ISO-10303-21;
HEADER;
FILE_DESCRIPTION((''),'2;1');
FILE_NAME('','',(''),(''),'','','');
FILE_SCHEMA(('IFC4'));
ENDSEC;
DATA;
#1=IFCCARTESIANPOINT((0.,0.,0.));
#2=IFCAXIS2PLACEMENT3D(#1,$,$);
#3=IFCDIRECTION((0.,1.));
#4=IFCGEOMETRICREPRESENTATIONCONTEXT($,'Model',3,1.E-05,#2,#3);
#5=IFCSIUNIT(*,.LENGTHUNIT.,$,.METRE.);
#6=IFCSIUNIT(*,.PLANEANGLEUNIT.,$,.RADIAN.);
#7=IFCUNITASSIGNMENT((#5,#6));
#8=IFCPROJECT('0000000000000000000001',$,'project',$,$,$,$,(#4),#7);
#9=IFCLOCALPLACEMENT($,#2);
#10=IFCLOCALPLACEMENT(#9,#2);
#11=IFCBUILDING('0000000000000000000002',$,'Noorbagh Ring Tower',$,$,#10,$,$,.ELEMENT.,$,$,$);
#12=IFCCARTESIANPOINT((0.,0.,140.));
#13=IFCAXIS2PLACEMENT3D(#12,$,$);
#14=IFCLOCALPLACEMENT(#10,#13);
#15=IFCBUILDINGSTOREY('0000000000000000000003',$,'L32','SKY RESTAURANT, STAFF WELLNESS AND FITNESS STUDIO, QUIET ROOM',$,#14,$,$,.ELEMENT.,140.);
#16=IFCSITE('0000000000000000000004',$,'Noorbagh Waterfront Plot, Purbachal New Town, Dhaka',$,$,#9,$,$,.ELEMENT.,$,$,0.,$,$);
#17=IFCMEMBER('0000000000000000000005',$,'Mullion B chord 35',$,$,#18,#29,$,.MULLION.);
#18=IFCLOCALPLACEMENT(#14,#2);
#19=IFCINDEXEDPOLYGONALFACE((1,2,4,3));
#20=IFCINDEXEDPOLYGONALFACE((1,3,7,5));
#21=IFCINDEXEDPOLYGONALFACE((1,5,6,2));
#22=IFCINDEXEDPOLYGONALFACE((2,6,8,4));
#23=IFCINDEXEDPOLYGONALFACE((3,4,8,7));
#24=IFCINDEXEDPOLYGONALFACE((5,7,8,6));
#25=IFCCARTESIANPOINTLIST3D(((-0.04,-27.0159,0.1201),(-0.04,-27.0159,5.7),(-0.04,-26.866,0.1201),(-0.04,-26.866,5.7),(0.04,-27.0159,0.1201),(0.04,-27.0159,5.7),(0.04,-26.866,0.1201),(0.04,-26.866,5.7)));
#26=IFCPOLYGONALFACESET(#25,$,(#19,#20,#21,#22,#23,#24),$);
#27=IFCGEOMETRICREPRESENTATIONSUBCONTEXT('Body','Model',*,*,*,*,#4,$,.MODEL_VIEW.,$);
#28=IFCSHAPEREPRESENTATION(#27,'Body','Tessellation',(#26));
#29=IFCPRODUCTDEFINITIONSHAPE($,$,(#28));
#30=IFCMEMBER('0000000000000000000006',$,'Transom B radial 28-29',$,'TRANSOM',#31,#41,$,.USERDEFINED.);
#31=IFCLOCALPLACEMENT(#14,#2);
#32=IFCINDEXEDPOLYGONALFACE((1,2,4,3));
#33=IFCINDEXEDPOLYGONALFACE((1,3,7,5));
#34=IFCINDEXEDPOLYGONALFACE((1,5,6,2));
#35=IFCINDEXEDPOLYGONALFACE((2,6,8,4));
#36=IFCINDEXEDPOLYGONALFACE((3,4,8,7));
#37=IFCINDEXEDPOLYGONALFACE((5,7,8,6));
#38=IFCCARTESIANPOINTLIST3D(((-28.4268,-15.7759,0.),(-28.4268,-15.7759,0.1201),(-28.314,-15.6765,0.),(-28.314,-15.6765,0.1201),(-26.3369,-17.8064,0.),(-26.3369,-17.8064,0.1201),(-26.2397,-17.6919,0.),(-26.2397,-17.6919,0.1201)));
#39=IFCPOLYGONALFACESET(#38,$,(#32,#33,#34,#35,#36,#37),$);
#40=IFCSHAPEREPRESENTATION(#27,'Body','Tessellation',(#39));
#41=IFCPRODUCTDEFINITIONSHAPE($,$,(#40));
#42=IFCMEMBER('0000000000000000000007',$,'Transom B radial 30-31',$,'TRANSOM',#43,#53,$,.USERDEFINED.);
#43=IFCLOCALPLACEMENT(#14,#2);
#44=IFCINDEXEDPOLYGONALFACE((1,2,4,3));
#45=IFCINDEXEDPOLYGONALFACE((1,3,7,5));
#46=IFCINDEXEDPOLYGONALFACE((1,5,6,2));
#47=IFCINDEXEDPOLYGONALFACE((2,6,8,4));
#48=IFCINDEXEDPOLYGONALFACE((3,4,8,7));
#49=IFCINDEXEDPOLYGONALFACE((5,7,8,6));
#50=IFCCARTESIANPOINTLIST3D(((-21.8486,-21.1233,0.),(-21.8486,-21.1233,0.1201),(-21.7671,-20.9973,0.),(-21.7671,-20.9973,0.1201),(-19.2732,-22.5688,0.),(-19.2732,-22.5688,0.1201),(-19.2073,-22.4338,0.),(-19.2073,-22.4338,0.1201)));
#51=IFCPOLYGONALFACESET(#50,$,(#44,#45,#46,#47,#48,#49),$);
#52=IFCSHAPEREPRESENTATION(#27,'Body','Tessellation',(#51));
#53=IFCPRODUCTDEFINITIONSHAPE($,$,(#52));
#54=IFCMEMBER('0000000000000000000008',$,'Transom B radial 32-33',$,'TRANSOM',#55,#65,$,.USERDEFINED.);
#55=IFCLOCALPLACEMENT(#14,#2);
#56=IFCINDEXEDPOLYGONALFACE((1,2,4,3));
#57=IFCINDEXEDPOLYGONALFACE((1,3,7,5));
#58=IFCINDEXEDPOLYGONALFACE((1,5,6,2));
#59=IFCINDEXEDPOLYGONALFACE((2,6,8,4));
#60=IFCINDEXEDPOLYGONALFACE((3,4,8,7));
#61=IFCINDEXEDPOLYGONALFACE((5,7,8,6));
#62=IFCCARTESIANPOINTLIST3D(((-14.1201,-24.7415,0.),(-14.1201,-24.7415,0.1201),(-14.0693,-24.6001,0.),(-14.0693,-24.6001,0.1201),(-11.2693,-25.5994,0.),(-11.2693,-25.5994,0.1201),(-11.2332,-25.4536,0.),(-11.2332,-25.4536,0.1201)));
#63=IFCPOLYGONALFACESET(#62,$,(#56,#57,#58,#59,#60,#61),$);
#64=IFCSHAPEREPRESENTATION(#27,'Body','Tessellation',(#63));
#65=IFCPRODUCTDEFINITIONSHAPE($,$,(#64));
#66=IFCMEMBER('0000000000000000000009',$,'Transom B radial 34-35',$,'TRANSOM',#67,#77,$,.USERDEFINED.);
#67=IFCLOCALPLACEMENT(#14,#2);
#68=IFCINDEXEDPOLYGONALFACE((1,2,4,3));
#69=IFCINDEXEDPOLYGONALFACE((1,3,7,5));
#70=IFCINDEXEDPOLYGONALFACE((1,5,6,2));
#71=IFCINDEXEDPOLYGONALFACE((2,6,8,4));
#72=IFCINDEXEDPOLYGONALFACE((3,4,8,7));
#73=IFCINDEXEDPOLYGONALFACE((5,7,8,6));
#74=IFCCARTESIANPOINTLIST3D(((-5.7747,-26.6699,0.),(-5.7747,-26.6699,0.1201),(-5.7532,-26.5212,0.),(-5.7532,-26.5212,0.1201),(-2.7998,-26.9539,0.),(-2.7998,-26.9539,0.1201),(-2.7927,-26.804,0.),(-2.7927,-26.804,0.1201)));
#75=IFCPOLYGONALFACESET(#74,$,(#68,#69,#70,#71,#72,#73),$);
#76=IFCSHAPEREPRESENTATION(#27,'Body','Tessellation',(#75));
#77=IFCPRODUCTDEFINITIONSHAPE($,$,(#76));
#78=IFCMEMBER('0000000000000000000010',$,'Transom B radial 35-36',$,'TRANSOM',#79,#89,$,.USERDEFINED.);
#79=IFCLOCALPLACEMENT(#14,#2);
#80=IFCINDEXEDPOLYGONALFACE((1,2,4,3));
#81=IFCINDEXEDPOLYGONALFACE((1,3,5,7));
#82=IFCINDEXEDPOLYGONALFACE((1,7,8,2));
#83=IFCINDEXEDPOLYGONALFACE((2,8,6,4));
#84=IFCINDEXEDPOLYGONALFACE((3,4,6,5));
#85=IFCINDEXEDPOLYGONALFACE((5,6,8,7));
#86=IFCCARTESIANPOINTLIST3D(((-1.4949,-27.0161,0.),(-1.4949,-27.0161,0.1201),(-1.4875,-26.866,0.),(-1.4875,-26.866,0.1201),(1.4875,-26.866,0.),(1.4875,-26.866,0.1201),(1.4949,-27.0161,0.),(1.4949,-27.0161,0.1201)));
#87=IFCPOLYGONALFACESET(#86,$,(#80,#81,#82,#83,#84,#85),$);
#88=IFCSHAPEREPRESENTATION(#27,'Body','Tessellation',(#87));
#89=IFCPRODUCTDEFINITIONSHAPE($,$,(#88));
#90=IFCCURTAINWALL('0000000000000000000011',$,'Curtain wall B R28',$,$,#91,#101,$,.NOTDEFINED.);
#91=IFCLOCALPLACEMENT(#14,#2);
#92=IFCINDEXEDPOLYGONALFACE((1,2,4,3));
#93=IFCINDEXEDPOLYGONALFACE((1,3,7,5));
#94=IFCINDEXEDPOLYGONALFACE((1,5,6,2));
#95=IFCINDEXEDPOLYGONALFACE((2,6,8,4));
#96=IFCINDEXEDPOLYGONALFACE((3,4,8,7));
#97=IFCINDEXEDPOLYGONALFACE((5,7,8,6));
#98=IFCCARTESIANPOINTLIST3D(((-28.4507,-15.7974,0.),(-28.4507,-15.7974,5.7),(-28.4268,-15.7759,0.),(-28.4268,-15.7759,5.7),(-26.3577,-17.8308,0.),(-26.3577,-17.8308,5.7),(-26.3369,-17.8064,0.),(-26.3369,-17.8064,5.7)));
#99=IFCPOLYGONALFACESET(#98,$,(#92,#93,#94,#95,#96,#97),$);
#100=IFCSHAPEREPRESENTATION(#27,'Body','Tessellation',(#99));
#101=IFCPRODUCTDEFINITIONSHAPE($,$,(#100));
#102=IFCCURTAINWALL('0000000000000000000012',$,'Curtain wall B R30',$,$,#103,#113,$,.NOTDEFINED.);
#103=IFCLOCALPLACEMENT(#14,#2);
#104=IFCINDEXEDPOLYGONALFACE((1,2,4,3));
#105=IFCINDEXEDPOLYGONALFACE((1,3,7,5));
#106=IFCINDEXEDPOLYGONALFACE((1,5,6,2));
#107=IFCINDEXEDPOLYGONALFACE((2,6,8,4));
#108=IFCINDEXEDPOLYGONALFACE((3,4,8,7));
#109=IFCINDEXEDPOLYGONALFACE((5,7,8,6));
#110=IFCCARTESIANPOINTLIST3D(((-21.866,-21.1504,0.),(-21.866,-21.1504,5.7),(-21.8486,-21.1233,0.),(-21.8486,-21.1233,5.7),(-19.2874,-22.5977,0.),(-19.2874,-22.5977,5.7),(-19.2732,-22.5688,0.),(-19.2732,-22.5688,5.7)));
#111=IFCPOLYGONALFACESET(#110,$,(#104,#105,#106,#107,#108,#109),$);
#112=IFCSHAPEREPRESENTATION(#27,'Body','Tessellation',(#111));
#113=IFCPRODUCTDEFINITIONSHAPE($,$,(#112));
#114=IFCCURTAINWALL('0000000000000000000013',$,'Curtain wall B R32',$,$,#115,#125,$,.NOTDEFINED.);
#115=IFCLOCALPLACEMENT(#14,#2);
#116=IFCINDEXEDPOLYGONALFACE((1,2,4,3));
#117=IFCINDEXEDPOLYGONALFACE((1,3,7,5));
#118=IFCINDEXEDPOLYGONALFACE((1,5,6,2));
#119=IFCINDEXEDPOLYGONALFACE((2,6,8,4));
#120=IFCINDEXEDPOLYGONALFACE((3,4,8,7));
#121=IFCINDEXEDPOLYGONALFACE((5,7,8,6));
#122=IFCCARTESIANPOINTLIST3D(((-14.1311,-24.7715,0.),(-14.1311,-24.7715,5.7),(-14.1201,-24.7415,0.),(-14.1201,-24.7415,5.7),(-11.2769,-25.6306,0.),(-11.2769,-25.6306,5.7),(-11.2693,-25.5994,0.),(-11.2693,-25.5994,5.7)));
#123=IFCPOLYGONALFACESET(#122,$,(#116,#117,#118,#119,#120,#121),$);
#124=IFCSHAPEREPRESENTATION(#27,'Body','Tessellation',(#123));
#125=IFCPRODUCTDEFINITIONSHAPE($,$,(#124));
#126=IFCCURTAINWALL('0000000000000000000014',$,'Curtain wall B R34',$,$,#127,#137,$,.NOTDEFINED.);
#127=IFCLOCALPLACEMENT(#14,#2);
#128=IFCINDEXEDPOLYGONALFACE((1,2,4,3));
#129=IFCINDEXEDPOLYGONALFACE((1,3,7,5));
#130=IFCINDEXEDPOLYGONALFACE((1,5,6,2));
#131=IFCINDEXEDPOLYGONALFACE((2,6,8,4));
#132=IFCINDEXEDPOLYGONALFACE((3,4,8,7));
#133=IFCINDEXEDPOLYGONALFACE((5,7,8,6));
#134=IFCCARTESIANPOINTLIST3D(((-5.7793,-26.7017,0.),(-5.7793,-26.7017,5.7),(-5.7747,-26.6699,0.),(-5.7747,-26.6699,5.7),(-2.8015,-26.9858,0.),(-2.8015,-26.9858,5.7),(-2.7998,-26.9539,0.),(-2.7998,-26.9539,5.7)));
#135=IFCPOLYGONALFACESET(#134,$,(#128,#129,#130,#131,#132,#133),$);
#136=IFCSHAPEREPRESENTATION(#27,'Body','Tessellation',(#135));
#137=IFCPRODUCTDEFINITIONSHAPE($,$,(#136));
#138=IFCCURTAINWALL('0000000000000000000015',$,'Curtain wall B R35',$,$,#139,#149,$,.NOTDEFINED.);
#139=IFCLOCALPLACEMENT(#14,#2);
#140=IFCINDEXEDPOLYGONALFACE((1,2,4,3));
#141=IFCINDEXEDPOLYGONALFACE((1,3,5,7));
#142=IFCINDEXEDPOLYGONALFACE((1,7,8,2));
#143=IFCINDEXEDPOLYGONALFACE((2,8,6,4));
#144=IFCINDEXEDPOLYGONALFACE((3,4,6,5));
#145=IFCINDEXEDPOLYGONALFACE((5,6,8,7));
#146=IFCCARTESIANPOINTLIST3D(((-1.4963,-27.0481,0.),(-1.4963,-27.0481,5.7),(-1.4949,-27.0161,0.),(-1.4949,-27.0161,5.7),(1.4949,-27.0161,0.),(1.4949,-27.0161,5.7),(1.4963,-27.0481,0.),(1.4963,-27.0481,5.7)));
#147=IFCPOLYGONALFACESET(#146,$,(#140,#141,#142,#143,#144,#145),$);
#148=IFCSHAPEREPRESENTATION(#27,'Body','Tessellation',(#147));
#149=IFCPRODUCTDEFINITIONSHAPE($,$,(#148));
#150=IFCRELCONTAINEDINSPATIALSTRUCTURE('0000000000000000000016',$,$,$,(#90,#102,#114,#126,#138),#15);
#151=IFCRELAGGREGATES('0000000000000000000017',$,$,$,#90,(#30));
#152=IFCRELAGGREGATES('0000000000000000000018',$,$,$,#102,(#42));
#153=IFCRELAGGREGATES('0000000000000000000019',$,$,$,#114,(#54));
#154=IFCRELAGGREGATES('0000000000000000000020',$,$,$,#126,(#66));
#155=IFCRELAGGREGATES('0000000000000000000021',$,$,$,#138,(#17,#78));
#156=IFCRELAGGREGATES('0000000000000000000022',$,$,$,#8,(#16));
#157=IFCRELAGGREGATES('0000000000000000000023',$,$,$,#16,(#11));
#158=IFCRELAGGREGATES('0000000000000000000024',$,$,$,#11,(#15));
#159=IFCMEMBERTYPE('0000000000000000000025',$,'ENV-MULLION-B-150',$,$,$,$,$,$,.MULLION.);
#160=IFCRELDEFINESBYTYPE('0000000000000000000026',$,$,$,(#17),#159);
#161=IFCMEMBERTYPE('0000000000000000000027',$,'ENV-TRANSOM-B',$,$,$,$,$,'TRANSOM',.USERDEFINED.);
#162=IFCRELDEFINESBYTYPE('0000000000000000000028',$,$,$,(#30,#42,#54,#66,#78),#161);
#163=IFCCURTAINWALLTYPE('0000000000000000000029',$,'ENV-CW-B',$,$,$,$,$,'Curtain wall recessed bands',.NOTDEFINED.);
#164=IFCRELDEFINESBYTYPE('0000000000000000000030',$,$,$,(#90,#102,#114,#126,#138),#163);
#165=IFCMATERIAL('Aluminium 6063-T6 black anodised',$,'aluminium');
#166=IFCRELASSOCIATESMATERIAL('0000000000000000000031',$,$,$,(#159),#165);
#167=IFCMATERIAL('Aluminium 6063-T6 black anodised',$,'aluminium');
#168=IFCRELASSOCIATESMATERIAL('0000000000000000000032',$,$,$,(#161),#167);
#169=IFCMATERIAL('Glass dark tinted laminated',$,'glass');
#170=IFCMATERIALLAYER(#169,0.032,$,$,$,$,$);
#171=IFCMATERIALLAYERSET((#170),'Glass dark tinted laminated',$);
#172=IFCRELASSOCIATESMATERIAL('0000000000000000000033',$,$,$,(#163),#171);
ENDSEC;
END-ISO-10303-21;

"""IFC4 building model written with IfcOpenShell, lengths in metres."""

from ifc_helpers import new_model, si_unit, direction, frame, origin, origin_2d, place, context, subcontext, project, spatial, polyline, rectangle, outline, extrude, material, layer, layer_set, material_profile, profile_set, type_object, element, aggregate, save


model = new_model("IFC4")

# Units and contexts
model_context = context("Model", 3, precision=1e-05, world=origin(), true_north=direction((0.0, 1.0)))
body_context = subcontext(model_context, "Body", "Model", "MODEL_VIEW")
ifc_project = project(units=[si_unit("LENGTHUNIT", "METRE"), si_unit("PLANEANGLEUNIT", "RADIAN")], contexts=[model_context])

# Members
ifc_material_1 = material(Name="Aluminium 6063-T6 black anodised", Category="aluminium")
ifc_material_profile = material_profile(ifc_material_1, rectangle(XDim=0.1499, YDim=0.0801, at=origin_2d()), Name="150x80")
ifc_profile_set = profile_set([ifc_material_profile], Name="Aluminium 6063-T6 black anodised")
member_type_1 = type_object("IfcMemberType", Name="ENV-MULLION-B-150", PredefinedType="MULLION", material=ifc_profile_set)
site_placement = place(None, origin())
building_placement = place(site_placement, origin())
storey_placement = place(building_placement, frame((0.0, 0.0, 140.0)))
member_1_placement = place(storey_placement, frame((0.0, -26.9409, 0.1201), z_axis=(0.0, 0.0, 1.0), x_axis=(0.0, 1.0, 0.0)))
member_1 = element("IfcMember", 1, at=member_1_placement, type_object=member_type_1, Name="Mullion B chord 35", PredefinedType="MULLION", context=body_context, shape_type="SweptSolid", body=[
    extrude(rectangle(XDim=0.1499, YDim=0.0801, at=origin_2d()), origin(), (0.0, 0.0, 1.0), 5.5798),
])
ifc_material_2 = material(Name="Aluminium 6063-T6 black anodised", Category="aluminium")
member_type_2 = type_object("IfcMemberType", Name="ENV-TRANSOM-B", ElementType="TRANSOM", PredefinedType="USERDEFINED", material=ifc_material_2)
member_2_placement = place(storey_placement, origin())
member_2 = element("IfcMember", 2, at=member_2_placement, type_object=member_type_2, Name="Transom B radial 28-29", ObjectType="TRANSOM", PredefinedType="USERDEFINED", context=body_context, shape_type="SweptSolid", body=[
    extrude(outline(polyline([(-28.4268, -15.7759), (-26.3369, -17.8064), (-26.2397, -17.6919), (-28.314, -15.6765), (-28.4268, -15.7759)])), origin(), (0.0, 0.0, 1.0), 0.1201),
])
member_3_placement = place(storey_placement, origin())
member_3 = element("IfcMember", 3, at=member_3_placement, type_object=member_type_2, Name="Transom B radial 30-31", ObjectType="TRANSOM", PredefinedType="USERDEFINED", context=body_context, shape_type="SweptSolid", body=[
    extrude(outline(polyline([(-21.8486, -21.1233), (-19.2732, -22.5688), (-19.2073, -22.4338), (-21.7671, -20.9973), (-21.8486, -21.1233)])), origin(), (0.0, 0.0, 1.0), 0.1201),
])
member_4_placement = place(storey_placement, origin())
member_4 = element("IfcMember", 4, at=member_4_placement, type_object=member_type_2, Name="Transom B radial 32-33", ObjectType="TRANSOM", PredefinedType="USERDEFINED", context=body_context, shape_type="SweptSolid", body=[
    extrude(outline(polyline([(-14.1201, -24.7415), (-11.2693, -25.5994), (-11.2332, -25.4536), (-14.0693, -24.6001), (-14.1201, -24.7415)])), origin(), (0.0, 0.0, 1.0), 0.1201),
])
member_5_placement = place(storey_placement, origin())
member_5 = element("IfcMember", 5, at=member_5_placement, type_object=member_type_2, Name="Transom B radial 34-35", ObjectType="TRANSOM", PredefinedType="USERDEFINED", context=body_context, shape_type="SweptSolid", body=[
    extrude(outline(polyline([(-5.7747, -26.6699), (-2.7998, -26.9539), (-2.7927, -26.804), (-5.7532, -26.5212), (-5.7747, -26.6699)])), origin(), (0.0, 0.0, 1.0), 0.1201),
])
member_6_placement = place(storey_placement, origin())
member_6 = element("IfcMember", 6, at=member_6_placement, type_object=member_type_2, Name="Transom B radial 35-36", ObjectType="TRANSOM", PredefinedType="USERDEFINED", context=body_context, shape_type="SweptSolid", body=[
    extrude(outline(polyline([(-1.4949, -27.0161), (1.4949, -27.0161), (1.4875, -26.866), (-1.4875, -26.866), (-1.4949, -27.0161)])), origin(), (0.0, 0.0, 1.0), 0.1201),
])

# Site, building, storey
site = spatial("IfcSite", under=ifc_project, at=site_placement, Name="Noorbagh Waterfront Plot, Purbachal New Town, Dhaka", CompositionType="ELEMENT", RefElevation=0.0)
building = spatial("IfcBuilding", under=site, at=building_placement, Name="Noorbagh Ring Tower", CompositionType="ELEMENT")
storey = spatial("IfcBuildingStorey", under=building, at=storey_placement, Name="L32", Description="SKY RESTAURANT, STAFF WELLNESS AND FITNESS STUDIO, QUIET ROOM", CompositionType="ELEMENT", Elevation=140.0)

# Curtain walls
ifc_material_3 = material(Name="Glass dark tinted laminated", Category="glass")
ifc_layer = layer(ifc_material_3, 0.032)
ifc_layer_set = layer_set([ifc_layer], Name="Glass dark tinted laminated")
curtain_wall_type = type_object("IfcCurtainWallType", Name="ENV-CW-B", ElementType="Curtain wall recessed bands", PredefinedType="NOTDEFINED", material=ifc_layer_set)
curtain_wall_1_placement = place(storey_placement, origin())
curtain_wall_1 = element("IfcCurtainWall", 7, at=curtain_wall_1_placement, inside=storey, type_object=curtain_wall_type, Name="Curtain wall B R28", PredefinedType="NOTDEFINED", context=body_context, shape_type="SweptSolid", body=[
    extrude(outline(polyline([(-28.4507, -15.7974), (-26.3577, -17.8308), (-26.3369, -17.8064), (-28.4268, -15.7759), (-28.4507, -15.7974)])), origin(), (0.0, 0.0, 1.0), 5.7),
])
aggregate(curtain_wall_1, [member_2])
curtain_wall_2_placement = place(storey_placement, origin())
curtain_wall_2 = element("IfcCurtainWall", 8, at=curtain_wall_2_placement, inside=storey, type_object=curtain_wall_type, Name="Curtain wall B R30", PredefinedType="NOTDEFINED", context=body_context, shape_type="SweptSolid", body=[
    extrude(outline(polyline([(-21.866, -21.1504), (-19.2874, -22.5977), (-19.2732, -22.5688), (-21.8486, -21.1233), (-21.866, -21.1504)])), origin(), (0.0, 0.0, 1.0), 5.7),
])
aggregate(curtain_wall_2, [member_3])
curtain_wall_3_placement = place(storey_placement, origin())
curtain_wall_3 = element("IfcCurtainWall", 9, at=curtain_wall_3_placement, inside=storey, type_object=curtain_wall_type, Name="Curtain wall B R32", PredefinedType="NOTDEFINED", context=body_context, shape_type="SweptSolid", body=[
    extrude(outline(polyline([(-14.1311, -24.7715), (-11.2769, -25.6306), (-11.2693, -25.5994), (-14.1201, -24.7415), (-14.1311, -24.7715)])), origin(), (0.0, 0.0, 1.0), 5.7),
])
aggregate(curtain_wall_3, [member_4])
curtain_wall_4_placement = place(storey_placement, origin())
curtain_wall_4 = element("IfcCurtainWall", 10, at=curtain_wall_4_placement, inside=storey, type_object=curtain_wall_type, Name="Curtain wall B R34", PredefinedType="NOTDEFINED", context=body_context, shape_type="SweptSolid", body=[
    extrude(outline(polyline([(-5.7793, -26.7017), (-2.8015, -26.9858), (-2.7998, -26.9539), (-5.7747, -26.6699), (-5.7793, -26.7017)])), origin(), (0.0, 0.0, 1.0), 5.7),
])
aggregate(curtain_wall_4, [member_5])
curtain_wall_5_placement = place(storey_placement, origin())
curtain_wall_5 = element("IfcCurtainWall", 11, at=curtain_wall_5_placement, inside=storey, type_object=curtain_wall_type, Name="Curtain wall B R35", PredefinedType="NOTDEFINED", context=body_context, shape_type="SweptSolid", body=[
    extrude(outline(polyline([(-1.4963, -27.0481), (1.4963, -27.0481), (1.4949, -27.0161), (-1.4949, -27.0161), (-1.4963, -27.0481)])), origin(), (0.0, 0.0, 1.0), 5.7),
])
aggregate(curtain_wall_5, [member_1, member_6])

save(model, "model.ifc")
